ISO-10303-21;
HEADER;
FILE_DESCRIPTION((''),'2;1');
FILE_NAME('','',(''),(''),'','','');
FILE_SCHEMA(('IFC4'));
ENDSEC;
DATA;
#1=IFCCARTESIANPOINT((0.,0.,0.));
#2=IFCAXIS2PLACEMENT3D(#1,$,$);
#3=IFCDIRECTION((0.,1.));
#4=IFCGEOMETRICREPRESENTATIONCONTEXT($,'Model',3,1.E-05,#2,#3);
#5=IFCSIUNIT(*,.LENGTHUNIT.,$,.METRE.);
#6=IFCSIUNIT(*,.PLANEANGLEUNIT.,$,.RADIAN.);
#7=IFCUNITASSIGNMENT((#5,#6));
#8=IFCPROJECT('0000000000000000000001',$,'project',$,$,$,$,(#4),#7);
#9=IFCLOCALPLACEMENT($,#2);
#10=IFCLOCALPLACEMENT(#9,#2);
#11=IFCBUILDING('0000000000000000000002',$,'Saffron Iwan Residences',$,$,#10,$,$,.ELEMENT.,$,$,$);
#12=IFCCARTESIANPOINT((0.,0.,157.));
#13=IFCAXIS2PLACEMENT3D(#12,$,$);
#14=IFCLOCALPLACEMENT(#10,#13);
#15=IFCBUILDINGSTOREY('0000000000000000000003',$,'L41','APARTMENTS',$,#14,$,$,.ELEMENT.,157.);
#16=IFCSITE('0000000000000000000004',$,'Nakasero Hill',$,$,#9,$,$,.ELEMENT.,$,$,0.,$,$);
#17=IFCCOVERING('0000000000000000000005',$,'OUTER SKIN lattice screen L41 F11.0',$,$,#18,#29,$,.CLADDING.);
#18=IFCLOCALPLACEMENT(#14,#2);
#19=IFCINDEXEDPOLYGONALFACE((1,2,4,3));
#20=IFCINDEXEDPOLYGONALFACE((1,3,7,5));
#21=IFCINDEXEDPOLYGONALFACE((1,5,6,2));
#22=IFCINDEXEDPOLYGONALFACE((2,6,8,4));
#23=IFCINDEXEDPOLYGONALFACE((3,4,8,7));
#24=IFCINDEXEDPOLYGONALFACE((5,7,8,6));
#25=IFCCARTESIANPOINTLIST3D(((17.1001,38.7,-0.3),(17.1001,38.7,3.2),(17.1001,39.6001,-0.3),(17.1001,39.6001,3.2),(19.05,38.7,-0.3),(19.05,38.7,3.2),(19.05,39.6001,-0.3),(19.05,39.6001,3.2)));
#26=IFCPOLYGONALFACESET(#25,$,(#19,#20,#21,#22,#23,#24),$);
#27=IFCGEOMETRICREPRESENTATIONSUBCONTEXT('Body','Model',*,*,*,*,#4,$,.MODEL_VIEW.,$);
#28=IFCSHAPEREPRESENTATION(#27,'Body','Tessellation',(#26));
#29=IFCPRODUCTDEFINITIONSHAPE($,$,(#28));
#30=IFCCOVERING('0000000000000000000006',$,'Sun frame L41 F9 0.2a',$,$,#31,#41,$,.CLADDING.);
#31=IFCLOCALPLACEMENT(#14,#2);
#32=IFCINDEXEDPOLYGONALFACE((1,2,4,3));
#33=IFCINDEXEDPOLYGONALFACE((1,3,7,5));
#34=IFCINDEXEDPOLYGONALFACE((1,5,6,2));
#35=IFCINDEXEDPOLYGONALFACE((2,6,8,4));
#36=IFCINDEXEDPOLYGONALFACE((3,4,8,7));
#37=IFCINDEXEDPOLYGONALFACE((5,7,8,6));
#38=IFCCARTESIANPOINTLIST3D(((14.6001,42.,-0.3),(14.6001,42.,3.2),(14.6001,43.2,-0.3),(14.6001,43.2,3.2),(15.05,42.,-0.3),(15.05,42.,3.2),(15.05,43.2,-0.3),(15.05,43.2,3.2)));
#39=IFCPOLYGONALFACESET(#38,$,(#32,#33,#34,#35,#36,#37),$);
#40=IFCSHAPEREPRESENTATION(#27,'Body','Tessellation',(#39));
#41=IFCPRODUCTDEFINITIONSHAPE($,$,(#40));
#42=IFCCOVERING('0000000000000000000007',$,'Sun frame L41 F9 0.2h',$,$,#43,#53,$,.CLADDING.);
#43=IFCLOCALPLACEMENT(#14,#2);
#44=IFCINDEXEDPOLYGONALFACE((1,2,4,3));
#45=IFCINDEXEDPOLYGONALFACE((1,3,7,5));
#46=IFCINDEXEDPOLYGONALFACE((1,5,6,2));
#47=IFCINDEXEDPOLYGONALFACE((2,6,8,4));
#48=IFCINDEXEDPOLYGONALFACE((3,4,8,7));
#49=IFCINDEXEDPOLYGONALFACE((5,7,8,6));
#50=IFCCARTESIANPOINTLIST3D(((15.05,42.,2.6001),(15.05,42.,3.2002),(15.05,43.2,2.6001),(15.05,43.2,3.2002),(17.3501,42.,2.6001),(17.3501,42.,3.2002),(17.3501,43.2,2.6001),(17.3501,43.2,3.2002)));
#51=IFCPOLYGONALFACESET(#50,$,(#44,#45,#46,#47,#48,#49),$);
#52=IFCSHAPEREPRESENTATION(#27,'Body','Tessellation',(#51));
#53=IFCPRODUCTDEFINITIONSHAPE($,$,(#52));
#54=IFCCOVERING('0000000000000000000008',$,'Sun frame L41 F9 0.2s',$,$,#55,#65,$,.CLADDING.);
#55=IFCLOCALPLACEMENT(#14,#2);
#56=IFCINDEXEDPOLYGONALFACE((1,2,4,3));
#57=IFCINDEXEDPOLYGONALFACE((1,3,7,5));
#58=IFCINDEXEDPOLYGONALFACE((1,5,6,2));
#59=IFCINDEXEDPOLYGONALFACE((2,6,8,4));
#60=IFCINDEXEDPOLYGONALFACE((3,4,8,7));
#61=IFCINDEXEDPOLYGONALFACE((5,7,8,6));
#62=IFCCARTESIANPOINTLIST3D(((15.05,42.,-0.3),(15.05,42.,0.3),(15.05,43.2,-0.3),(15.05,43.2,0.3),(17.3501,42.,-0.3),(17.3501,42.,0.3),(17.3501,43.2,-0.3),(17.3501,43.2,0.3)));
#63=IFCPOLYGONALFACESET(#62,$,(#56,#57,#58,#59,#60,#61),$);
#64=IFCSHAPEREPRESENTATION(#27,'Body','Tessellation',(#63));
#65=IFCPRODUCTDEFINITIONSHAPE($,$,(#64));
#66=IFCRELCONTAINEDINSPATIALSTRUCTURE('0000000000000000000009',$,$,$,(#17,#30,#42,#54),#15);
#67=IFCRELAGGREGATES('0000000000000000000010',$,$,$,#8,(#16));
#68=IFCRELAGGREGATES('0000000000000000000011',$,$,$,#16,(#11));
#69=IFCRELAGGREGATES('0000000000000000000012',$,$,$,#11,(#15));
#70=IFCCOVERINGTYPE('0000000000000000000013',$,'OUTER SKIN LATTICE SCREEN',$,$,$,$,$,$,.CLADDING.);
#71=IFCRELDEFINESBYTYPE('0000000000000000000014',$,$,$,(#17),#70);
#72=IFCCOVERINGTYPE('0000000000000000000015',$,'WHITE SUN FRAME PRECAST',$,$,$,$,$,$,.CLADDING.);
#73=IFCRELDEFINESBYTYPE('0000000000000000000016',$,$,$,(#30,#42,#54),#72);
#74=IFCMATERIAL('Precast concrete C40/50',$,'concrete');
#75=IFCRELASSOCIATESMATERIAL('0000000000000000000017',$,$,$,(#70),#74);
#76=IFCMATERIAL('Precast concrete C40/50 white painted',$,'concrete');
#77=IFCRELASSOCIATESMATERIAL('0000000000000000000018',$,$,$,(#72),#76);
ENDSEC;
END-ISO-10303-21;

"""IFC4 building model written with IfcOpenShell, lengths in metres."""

from ifc_helpers import new_model, si_unit, direction, frame, origin, place, context, subcontext, project, spatial, polyline, outline, extrude, material, type_object, element, save


model = new_model("IFC4")

# Units and contexts
model_context = context("Model", 3, precision=1e-05, world=origin(), true_north=direction((0.0, 1.0)))
body_context = subcontext(model_context, "Body", "Model", "MODEL_VIEW")
ifc_project = project(units=[si_unit("LENGTHUNIT", "METRE"), si_unit("PLANEANGLEUNIT", "RADIAN")], contexts=[model_context])

# Site, building, storey
site_placement = place(None, origin())
site = spatial("IfcSite", under=ifc_project, at=site_placement, Name="Nakasero Hill", CompositionType="ELEMENT", RefElevation=0.0)
building_placement = place(site_placement, origin())
building = spatial("IfcBuilding", under=site, at=building_placement, Name="Saffron Iwan Residences", CompositionType="ELEMENT")
storey_placement = place(building_placement, frame((0.0, 0.0, 157.0)))
storey = spatial("IfcBuildingStorey", under=building, at=storey_placement, Name="L41", Description="APARTMENTS", CompositionType="ELEMENT", Elevation=157.0)

# Coverings
ifc_material_1 = material(Name="Precast concrete C40/50", Category="concrete")
covering_type_1 = type_object("IfcCoveringType", Name="OUTER SKIN LATTICE SCREEN", PredefinedType="CLADDING", material=ifc_material_1)
covering_1_placement = place(storey_placement, frame((17.1001, 39.6001, -0.3), z_axis=(0.0, -1.0, 0.0), x_axis=(1.0, 0.0, 0.0)))
element("IfcCovering", 1, at=covering_1_placement, inside=storey, type_object=covering_type_1, Name="OUTER SKIN lattice screen L41 F11.0", PredefinedType="CLADDING", context=body_context, shape_type="SweptSolid", body=[
    extrude(outline(polyline([(0.0, 0.0), (1.95, 0.0), (1.95, 3.5), (0.0, 3.5), (0.0, 0.0)])), origin(), (0.0, 0.0, 1.0), 0.9001),
])
ifc_material_2 = material(Name="Precast concrete C40/50 white painted", Category="concrete")
covering_type_2 = type_object("IfcCoveringType", Name="WHITE SUN FRAME PRECAST", PredefinedType="CLADDING", material=ifc_material_2)
covering_2_placement = place(storey_placement, frame((14.6001, 43.2, -0.3), z_axis=(0.0, -1.0, 0.0), x_axis=(1.0, 0.0, 0.0)))
element("IfcCovering", 2, at=covering_2_placement, inside=storey, type_object=covering_type_2, Name="Sun frame L41 F9 0.2a", PredefinedType="CLADDING", context=body_context, shape_type="SweptSolid", body=[
    extrude(outline(polyline([(0.0, 0.0), (0.45, 0.0), (0.45, 3.5), (0.0, 3.5), (0.0, 0.0)])), origin(), (0.0, 0.0, 1.0), 1.2),
])
for number, where, z_axis, x_axis, name in (
    (3, (15.05, 43.2, 2.6001), (0.0, -1.0, 0.0), (1.0, 0.0, 0.0), "Sun frame L41 F9 0.2h"),
    (4, (15.05, 43.2, -0.3), (0.0, -1.0, 0.0), (1.0, 0.0, 0.0), "Sun frame L41 F9 0.2s"),
):
    element("IfcCovering", number, at=place(storey_placement, frame(where, z_axis=z_axis, x_axis=x_axis)), inside=storey, type_object=covering_type_2, Name=name, PredefinedType="CLADDING", context=body_context, shape_type="SweptSolid", body=[
        extrude(outline(polyline([(0.0, 0.0), (2.3, 0.0), (2.3, 0.6001), (0.0, 0.6001), (0.0, 0.0)])), origin(), (0.0, 0.0, 1.0), 1.2),
    ])

save(model, "model.ifc")
